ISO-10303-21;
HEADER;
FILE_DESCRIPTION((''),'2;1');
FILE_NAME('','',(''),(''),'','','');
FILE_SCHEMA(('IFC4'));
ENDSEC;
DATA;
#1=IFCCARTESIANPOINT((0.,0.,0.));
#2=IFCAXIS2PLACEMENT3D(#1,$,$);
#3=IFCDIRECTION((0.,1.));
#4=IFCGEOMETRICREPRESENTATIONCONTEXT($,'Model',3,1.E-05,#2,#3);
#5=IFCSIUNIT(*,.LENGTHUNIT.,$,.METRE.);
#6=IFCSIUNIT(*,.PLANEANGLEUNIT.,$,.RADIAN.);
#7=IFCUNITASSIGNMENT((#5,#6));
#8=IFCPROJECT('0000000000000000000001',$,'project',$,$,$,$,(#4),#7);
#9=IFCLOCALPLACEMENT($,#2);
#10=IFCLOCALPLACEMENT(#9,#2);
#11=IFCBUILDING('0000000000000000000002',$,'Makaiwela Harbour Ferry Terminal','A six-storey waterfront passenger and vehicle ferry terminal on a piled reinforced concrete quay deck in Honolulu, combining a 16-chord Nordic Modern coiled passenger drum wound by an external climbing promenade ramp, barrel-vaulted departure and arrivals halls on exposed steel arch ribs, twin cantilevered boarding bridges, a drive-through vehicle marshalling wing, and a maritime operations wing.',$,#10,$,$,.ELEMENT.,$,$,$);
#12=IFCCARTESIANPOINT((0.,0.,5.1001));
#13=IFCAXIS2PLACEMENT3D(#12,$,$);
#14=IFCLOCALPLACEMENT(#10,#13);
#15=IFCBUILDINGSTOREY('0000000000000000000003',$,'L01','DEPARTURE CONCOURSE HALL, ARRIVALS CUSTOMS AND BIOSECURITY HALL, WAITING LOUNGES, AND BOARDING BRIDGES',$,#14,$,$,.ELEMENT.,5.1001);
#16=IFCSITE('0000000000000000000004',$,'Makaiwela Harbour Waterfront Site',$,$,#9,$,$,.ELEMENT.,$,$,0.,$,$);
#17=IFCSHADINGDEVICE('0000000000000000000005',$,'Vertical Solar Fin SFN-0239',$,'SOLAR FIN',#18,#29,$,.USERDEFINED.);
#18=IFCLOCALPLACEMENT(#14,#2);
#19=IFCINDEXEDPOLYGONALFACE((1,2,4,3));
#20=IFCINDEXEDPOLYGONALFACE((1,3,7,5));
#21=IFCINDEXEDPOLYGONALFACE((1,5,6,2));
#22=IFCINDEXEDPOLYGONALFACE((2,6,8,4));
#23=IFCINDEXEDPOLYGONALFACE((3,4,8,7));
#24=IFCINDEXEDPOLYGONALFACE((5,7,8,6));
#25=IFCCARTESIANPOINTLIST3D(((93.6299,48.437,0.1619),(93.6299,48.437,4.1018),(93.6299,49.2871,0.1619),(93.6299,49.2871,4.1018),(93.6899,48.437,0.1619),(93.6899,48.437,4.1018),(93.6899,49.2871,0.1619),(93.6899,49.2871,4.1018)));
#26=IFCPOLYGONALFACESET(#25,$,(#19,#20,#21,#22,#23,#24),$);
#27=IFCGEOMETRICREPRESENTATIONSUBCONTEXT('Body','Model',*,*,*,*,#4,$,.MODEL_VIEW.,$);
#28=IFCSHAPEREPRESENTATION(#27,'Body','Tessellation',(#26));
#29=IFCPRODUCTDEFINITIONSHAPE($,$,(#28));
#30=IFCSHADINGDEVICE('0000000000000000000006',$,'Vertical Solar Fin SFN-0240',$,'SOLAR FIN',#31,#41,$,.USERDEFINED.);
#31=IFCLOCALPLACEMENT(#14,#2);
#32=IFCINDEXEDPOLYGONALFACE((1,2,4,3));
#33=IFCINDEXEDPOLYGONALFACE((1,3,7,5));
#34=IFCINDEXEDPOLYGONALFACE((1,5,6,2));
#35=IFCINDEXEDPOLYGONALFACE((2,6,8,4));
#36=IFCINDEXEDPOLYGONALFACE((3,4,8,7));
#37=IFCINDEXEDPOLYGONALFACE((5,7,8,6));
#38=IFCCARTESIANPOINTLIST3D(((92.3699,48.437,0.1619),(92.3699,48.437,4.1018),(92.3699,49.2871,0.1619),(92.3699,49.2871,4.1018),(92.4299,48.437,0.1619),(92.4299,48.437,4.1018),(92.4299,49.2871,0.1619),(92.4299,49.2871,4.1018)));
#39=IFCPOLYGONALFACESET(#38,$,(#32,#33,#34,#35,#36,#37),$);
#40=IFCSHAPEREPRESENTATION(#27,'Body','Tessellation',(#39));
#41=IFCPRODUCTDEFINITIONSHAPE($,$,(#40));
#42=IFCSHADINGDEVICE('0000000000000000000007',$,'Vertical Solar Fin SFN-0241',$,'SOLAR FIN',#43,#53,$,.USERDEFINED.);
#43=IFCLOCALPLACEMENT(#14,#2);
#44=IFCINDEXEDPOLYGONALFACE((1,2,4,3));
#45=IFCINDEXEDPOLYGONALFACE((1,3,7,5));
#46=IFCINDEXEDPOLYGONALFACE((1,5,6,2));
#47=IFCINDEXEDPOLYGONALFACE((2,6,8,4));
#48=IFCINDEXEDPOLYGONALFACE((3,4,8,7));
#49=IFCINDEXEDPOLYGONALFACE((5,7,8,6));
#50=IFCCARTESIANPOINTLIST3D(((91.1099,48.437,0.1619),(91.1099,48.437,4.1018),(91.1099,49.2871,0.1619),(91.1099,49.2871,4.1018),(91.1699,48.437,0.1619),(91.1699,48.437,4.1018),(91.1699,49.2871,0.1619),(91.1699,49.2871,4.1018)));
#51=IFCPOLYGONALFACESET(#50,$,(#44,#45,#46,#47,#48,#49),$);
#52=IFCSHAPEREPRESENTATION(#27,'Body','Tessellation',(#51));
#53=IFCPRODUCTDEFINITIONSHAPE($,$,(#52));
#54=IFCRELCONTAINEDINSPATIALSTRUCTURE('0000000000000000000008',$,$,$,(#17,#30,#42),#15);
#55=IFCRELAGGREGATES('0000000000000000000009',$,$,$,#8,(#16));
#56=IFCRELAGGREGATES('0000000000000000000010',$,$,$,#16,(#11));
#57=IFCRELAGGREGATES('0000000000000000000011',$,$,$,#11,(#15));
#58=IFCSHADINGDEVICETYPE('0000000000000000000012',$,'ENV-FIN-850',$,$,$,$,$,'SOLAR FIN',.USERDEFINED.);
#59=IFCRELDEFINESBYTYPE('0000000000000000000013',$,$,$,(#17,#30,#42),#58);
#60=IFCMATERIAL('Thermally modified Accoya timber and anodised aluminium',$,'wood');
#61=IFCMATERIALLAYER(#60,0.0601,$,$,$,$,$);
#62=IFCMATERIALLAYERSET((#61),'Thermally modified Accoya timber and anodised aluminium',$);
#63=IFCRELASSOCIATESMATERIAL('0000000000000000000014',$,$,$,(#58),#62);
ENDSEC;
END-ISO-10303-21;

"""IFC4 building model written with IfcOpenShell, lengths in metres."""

from ifc_helpers import new_model, si_unit, direction, frame, origin, origin_2d, place, context, subcontext, project, spatial, rectangle, extrude, material, layer, layer_set, type_object, element, save


model = new_model("IFC4")

# Units and contexts
model_context = context("Model", 3, precision=1e-05, world=origin(), true_north=direction((0.0, 1.0)))
body_context = subcontext(model_context, "Body", "Model", "MODEL_VIEW")
ifc_project = project(units=[si_unit("LENGTHUNIT", "METRE"), si_unit("PLANEANGLEUNIT", "RADIAN")], contexts=[model_context])

# Site, building, storey
site_placement = place(None, origin())
site = spatial("IfcSite", under=ifc_project, at=site_placement, Name="Makaiwela Harbour Waterfront Site", CompositionType="ELEMENT", RefElevation=0.0)
building_placement = place(site_placement, origin())
building = spatial("IfcBuilding", under=site, at=building_placement, Name="Makaiwela Harbour Ferry Terminal", Description="A six-storey waterfront passenger and vehicle ferry terminal on a piled reinforced concrete quay deck in Honolulu, combining a 16-chord Nordic Modern coiled passenger drum wound by an external climbing promenade ramp, barrel-vaulted departure and arrivals halls on exposed steel arch ribs, twin cantilevered boarding bridges, a drive-through vehicle marshalling wing, and a maritime operations wing.", CompositionType="ELEMENT")
storey_placement = place(building_placement, frame((0.0, 0.0, 5.1001)))
storey = spatial("IfcBuildingStorey", under=building, at=storey_placement, Name="L01", Description="DEPARTURE CONCOURSE HALL, ARRIVALS CUSTOMS AND BIOSECURITY HALL, WAITING LOUNGES, AND BOARDING BRIDGES", CompositionType="ELEMENT", Elevation=5.1001)

# Shading devices
ifc_material_1 = material(Name="Thermally modified Accoya timber and anodised aluminium", Category="wood")
ifc_layer_1 = layer(ifc_material_1, 0.0601)
ifc_layer_set_1 = layer_set([ifc_layer_1], Name="Thermally modified Accoya timber and anodised aluminium")
shading_device_type = type_object("IfcShadingDeviceType", Name="ENV-FIN-850", ElementType="SOLAR FIN", PredefinedType="USERDEFINED", material=ifc_layer_set_1)
for number, where, z_axis, x_axis, name in (
    (1, (93.6599, 48.8621, 0.1619), (0.0, 0.0, 1.0), (0.0, -1.0, 0.0), "Vertical Solar Fin SFN-0239"),
    (2, (92.3999, 48.8621, 0.1619), (0.0, 0.0, 1.0), (0.0, -1.0, 0.0), "Vertical Solar Fin SFN-0240"),
    (3, (91.1399, 48.8621, 0.1619), (0.0, 0.0, 1.0), (0.0, -1.0, 0.0), "Vertical Solar Fin SFN-0241"),
):
    element("IfcShadingDevice", number, at=place(storey_placement, frame(where, z_axis=z_axis, x_axis=x_axis)), inside=storey, type_object=shading_device_type, Name=name, ObjectType="SOLAR FIN", PredefinedType="USERDEFINED", context=body_context, shape_type="SweptSolid", body=[
        extrude(rectangle(XDim=0.8501, YDim=0.0601, at=origin_2d()), origin(), (0.0, 0.0, 1.0), 3.9399),
    ])

save(model, "model.ifc")
